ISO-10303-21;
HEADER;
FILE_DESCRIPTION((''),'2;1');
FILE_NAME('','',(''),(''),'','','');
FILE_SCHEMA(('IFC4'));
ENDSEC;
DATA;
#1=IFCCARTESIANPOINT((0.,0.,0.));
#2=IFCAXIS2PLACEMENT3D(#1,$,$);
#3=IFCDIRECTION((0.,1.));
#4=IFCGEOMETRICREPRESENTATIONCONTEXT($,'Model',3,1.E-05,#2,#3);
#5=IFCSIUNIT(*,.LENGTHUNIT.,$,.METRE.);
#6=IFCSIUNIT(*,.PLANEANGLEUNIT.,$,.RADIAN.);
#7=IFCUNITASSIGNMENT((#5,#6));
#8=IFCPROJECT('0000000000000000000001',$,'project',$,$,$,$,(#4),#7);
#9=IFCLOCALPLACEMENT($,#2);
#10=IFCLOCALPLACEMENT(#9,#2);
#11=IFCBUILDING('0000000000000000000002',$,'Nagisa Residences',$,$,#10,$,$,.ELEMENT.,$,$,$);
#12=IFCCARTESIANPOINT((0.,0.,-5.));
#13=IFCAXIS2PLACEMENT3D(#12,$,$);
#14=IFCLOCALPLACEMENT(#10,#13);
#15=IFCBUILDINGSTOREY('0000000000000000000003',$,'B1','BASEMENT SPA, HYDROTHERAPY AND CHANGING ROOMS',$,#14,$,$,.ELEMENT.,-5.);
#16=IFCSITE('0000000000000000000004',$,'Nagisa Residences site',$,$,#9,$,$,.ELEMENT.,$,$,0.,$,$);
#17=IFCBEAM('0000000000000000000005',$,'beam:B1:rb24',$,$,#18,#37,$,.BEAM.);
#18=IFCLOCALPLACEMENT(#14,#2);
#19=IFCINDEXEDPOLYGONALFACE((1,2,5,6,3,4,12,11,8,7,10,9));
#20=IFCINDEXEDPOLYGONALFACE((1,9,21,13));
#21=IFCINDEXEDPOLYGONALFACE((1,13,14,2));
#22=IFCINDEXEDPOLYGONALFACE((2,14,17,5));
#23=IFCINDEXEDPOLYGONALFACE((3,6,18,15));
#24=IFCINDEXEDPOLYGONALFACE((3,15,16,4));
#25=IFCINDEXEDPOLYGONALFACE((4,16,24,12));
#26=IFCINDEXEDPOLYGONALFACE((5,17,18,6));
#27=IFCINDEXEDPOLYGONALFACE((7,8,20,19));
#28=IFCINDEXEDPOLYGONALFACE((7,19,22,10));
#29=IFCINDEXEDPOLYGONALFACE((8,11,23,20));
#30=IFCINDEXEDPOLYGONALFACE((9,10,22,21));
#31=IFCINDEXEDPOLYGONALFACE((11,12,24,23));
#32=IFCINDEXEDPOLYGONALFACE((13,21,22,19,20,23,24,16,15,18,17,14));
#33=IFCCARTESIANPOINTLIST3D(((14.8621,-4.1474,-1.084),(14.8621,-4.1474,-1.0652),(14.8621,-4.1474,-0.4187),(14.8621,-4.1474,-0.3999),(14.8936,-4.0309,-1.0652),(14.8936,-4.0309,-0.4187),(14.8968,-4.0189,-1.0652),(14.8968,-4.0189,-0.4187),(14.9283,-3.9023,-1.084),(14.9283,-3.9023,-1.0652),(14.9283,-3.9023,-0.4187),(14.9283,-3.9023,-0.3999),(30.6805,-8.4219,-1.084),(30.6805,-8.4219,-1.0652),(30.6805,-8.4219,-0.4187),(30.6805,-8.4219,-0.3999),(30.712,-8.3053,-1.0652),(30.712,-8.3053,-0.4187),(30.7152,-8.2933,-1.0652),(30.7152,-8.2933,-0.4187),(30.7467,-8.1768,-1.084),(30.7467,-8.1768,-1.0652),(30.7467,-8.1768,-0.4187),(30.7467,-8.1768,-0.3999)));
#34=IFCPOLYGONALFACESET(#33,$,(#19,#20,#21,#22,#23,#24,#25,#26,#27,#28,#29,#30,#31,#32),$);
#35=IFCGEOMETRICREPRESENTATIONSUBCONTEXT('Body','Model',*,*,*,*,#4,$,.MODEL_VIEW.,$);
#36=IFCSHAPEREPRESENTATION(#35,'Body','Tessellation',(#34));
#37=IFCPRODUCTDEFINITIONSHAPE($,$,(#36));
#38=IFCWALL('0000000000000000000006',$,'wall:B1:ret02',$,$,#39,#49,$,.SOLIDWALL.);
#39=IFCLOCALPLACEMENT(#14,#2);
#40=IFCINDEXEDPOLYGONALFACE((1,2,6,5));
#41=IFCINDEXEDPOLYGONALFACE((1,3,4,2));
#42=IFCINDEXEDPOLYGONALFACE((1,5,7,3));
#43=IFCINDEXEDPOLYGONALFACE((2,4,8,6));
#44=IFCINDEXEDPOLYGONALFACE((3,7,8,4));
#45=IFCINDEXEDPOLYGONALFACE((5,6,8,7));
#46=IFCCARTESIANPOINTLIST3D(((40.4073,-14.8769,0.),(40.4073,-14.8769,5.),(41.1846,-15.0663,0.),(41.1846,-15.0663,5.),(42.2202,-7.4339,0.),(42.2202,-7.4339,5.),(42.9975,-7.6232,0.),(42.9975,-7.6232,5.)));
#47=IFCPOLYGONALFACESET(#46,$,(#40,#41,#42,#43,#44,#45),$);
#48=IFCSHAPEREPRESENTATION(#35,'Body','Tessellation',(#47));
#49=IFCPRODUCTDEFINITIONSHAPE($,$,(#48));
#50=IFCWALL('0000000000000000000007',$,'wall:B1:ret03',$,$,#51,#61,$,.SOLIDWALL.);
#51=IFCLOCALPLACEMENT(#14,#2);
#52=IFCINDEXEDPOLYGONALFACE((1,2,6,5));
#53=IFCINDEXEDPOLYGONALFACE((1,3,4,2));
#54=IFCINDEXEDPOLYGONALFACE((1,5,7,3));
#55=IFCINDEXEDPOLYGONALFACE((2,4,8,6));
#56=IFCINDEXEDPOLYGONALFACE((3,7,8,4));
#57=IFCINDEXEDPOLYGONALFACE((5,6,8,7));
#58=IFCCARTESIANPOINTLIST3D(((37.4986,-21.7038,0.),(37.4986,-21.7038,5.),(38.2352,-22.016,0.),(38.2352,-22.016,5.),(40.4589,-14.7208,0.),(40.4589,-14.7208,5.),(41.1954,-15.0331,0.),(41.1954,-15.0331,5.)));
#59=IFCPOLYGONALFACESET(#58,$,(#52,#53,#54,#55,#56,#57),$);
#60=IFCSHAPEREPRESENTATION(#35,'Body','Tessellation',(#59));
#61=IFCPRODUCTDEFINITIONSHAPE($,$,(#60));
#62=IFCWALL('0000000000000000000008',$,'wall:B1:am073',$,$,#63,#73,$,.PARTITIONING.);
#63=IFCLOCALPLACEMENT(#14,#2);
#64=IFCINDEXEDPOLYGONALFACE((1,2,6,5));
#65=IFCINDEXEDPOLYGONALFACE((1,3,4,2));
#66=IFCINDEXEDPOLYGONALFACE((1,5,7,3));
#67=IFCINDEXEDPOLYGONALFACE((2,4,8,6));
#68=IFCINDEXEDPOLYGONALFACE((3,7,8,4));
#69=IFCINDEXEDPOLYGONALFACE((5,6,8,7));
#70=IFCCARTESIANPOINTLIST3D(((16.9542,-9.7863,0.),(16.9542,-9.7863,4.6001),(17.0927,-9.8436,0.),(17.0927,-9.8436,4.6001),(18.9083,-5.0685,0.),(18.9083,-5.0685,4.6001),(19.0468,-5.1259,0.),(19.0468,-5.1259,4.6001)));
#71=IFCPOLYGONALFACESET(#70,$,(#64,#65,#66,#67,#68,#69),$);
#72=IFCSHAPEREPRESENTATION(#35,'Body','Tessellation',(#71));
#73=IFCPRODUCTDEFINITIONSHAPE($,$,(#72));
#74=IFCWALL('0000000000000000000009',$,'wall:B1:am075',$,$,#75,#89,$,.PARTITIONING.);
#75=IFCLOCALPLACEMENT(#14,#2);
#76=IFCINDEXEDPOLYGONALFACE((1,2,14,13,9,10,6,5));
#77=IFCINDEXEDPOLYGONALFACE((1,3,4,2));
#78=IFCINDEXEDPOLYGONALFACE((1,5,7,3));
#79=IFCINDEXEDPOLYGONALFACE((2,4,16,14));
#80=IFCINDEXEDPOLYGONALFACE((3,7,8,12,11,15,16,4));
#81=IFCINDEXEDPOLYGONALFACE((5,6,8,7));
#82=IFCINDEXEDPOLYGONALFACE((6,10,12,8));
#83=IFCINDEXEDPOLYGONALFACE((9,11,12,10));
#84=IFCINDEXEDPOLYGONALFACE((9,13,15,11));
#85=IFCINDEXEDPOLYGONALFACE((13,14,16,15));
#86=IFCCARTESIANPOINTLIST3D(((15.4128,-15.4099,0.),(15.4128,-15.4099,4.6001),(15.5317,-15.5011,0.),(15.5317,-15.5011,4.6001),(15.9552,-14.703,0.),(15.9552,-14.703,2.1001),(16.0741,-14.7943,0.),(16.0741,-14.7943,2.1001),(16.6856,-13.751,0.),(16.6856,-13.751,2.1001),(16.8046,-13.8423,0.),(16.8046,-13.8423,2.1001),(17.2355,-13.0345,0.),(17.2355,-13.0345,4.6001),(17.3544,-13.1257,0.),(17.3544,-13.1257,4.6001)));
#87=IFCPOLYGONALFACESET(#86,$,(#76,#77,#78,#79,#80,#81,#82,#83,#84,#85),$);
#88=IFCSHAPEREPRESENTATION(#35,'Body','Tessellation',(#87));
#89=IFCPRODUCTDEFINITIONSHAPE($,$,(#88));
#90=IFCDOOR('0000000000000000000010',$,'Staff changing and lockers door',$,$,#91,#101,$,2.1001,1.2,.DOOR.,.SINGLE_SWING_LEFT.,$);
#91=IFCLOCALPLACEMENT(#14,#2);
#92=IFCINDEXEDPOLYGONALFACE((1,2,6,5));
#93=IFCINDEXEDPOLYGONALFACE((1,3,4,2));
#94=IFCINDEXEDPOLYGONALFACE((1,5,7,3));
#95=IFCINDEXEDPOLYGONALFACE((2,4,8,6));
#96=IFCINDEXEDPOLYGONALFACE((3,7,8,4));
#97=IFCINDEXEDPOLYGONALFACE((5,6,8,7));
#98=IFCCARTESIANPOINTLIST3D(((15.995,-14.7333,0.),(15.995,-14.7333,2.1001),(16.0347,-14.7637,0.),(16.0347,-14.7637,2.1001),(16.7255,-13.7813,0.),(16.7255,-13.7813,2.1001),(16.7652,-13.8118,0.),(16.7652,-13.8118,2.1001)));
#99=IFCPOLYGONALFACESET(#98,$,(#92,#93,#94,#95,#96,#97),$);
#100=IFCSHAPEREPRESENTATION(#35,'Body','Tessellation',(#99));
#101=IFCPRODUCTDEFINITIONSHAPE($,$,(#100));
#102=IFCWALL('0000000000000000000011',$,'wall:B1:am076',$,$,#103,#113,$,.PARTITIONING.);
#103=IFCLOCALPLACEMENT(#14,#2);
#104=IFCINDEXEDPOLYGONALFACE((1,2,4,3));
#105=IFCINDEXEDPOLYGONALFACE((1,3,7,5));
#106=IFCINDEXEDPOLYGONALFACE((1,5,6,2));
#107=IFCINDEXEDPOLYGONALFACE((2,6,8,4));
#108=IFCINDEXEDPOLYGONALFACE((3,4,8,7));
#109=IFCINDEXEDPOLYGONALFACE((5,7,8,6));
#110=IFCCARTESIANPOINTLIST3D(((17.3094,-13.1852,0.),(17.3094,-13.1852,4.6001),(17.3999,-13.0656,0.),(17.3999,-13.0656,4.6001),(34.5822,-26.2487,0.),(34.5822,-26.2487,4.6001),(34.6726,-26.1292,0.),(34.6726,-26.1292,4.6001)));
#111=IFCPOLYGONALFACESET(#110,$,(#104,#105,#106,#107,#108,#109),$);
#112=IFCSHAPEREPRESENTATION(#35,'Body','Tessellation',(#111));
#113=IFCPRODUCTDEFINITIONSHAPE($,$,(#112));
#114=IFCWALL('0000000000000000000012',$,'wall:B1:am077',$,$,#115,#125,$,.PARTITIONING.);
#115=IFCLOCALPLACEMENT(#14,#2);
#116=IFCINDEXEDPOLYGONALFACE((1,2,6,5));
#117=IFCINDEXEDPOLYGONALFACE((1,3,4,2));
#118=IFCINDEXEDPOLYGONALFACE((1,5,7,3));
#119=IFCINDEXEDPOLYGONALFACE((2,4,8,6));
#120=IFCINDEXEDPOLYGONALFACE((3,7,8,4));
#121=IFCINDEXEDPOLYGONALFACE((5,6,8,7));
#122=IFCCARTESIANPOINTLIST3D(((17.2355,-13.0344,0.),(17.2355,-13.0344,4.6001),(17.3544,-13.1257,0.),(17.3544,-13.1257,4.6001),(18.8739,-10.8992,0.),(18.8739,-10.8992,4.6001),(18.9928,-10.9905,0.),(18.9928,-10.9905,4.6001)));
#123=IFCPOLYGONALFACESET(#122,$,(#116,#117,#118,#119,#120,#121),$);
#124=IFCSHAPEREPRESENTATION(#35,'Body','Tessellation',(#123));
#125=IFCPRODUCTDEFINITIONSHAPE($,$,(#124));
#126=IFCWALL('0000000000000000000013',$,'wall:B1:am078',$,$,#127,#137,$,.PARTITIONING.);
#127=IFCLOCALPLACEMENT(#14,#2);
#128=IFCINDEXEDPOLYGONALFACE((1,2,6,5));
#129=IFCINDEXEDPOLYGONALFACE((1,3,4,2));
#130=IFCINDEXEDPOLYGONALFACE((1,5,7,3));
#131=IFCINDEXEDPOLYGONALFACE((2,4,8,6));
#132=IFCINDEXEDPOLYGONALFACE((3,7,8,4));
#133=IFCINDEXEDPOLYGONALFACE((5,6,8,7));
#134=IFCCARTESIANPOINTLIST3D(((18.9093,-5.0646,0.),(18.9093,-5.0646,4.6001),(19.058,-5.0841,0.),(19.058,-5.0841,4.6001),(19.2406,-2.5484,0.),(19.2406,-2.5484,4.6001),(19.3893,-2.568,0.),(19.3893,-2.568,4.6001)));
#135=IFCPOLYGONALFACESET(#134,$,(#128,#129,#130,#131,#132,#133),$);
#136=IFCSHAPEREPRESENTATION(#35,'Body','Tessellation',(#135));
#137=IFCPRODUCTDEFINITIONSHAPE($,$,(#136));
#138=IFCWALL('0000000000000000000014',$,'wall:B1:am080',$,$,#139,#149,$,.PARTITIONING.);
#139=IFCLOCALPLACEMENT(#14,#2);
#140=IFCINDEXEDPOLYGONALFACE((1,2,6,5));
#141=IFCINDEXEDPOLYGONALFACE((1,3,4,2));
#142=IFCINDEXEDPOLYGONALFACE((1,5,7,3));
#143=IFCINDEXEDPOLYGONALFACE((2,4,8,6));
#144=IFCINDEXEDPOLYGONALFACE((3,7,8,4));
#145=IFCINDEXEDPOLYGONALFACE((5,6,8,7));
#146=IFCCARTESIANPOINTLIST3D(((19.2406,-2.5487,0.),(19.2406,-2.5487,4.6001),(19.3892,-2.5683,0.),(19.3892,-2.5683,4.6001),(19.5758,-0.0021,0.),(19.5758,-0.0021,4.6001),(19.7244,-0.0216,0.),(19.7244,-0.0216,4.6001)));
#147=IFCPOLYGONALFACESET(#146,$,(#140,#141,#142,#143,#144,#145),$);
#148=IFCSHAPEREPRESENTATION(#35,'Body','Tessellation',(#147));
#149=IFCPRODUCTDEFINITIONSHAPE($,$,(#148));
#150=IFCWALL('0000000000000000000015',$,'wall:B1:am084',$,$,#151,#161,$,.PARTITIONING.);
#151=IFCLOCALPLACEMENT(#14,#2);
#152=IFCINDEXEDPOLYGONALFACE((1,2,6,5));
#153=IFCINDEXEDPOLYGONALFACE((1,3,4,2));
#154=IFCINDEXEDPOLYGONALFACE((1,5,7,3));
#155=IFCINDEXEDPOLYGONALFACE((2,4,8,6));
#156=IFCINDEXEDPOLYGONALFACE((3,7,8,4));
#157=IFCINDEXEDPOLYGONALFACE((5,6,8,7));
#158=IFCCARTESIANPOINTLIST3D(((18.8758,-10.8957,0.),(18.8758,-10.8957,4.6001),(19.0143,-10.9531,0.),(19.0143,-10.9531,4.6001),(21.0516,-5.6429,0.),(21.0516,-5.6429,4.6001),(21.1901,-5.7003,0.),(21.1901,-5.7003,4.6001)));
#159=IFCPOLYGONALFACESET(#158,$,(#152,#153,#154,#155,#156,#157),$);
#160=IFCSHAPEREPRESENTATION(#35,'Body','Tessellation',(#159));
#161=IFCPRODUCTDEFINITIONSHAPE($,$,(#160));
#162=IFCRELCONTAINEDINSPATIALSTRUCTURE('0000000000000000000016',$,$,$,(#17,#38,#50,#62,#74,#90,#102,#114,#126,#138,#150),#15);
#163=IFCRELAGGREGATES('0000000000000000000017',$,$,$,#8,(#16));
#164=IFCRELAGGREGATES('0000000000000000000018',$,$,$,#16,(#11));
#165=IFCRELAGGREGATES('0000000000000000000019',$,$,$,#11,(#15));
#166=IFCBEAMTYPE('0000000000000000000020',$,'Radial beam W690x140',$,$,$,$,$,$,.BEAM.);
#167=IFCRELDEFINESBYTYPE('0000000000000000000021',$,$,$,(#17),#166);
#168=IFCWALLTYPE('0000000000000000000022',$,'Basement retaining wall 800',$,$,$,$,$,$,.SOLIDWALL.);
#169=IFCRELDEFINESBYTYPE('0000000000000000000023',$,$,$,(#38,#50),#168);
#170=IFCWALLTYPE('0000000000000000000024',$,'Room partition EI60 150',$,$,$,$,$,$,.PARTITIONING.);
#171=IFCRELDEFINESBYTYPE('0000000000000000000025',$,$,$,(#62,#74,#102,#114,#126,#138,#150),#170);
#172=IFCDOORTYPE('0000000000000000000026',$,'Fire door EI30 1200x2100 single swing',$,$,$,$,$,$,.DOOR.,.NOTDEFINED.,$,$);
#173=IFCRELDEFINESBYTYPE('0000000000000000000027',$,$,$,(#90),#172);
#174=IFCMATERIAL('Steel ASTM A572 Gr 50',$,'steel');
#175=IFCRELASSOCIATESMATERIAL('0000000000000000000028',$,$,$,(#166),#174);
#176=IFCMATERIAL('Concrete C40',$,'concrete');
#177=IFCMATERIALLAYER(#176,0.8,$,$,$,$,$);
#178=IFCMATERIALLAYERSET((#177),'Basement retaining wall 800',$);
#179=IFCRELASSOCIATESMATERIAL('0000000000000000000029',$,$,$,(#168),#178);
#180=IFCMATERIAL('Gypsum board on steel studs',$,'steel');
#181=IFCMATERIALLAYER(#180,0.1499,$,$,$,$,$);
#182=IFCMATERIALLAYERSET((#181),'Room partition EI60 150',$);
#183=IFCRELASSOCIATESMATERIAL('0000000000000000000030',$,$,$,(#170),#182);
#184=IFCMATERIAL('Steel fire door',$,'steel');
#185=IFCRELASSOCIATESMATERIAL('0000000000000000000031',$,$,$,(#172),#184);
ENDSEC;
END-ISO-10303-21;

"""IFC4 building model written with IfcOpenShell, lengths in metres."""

from ifc_helpers import new_model, si_unit, direction, frame, frame_2d, origin, origin_2d, place, context, subcontext, project, spatial, rectangle, i_section, extrude, material, layer, layer_set, material_profile, profile_set, type_object, element, fill, save


model = new_model("IFC4")

# Units and contexts
model_context = context("Model", 3, precision=1e-05, world=origin(), true_north=direction((0.0, 1.0)))
body_context = subcontext(model_context, "Body", "Model", "MODEL_VIEW")
ifc_project = project(units=[si_unit("LENGTHUNIT", "METRE"), si_unit("PLANEANGLEUNIT", "RADIAN")], contexts=[model_context])

# Site, building, storey
site_placement = place(None, origin())
site = spatial("IfcSite", under=ifc_project, at=site_placement, Name="Nagisa Residences site", CompositionType="ELEMENT", RefElevation=0.0)
building_placement = place(site_placement, origin())
building = spatial("IfcBuilding", under=site, at=building_placement, Name="Nagisa Residences", CompositionType="ELEMENT")
storey_placement = place(building_placement, frame((0.0, 0.0, -5.0)))
storey = spatial("IfcBuildingStorey", under=building, at=storey_placement, Name="B1", Description="BASEMENT SPA, HYDROTHERAPY AND CHANGING ROOMS", CompositionType="ELEMENT", Elevation=-5.0)

# Beam
ifc_material_1 = material(Name="Steel ASTM A572 Gr 50", Category="steel")
ifc_material_profile_1 = material_profile(ifc_material_1, i_section(OverallWidth=0.2539, OverallDepth=0.6841, WebThickness=0.0125, FlangeThickness=0.0188, at=origin_2d()), Name="W690x140")
ifc_profile_set_1 = profile_set([ifc_material_profile_1], Name="Steel ASTM A572 Gr 50")
beam_type_1 = type_object("IfcBeamType", Name="Radial beam W690x140", PredefinedType="BEAM", material=ifc_profile_set_1)
beam_1_placement = place(storey_placement, frame((30.7136, -8.2993, -0.7419), z_axis=(-0.965376, 0.260862, 0.0), x_axis=(-0.260862, -0.965376, 0.0)))
element("IfcBeam", 1, at=beam_1_placement, inside=storey, type_object=beam_type_1, Name="beam:B1:rb24", PredefinedType="BEAM", context=body_context, shape_type="SweptSolid", body=[
    extrude(i_section(OverallWidth=0.2539, OverallDepth=0.6841, WebThickness=0.0125, FlangeThickness=0.0188, at=origin_2d()), origin(), (0.0, 0.0, 1.0), 16.3857),
])

# Walls
ifc_material_2 = material(Name="Concrete C40", Category="concrete")
ifc_layer_1 = layer(ifc_material_2, 0.8)
ifc_layer_set_1 = layer_set([ifc_layer_1], Name="Basement retaining wall 800")
wall_type_1 = type_object("IfcWallType", Name="Basement retaining wall 800", PredefinedType="SOLIDWALL", material=ifc_layer_set_1)
wall_1_placement = place(storey_placement, frame((42.6089, -7.5286, 0.0), z_axis=(0.0, 0.0, 1.0), x_axis=(-0.23666, -0.971593, 0.0)))
element("IfcWall", 2, at=wall_1_placement, inside=storey, type_object=wall_type_1, Name="wall:B1:ret02", PredefinedType="SOLIDWALL", context=body_context, shape_type="SweptSolid", body=[
    extrude(rectangle(XDim=7.6606, YDim=0.8, at=frame_2d((3.8303, 0.0))), origin(), (0.0, 0.0, 1.0), 5.0),
])
wall_2_placement = place(storey_placement, frame((40.8271, -14.877, 0.0), z_axis=(0.0, 0.0, 1.0), x_axis=(-0.390299, -0.920688, 0.0)))
element("IfcWall", 3, at=wall_2_placement, inside=storey, type_object=wall_type_1, Name="wall:B1:ret03", PredefinedType="SOLIDWALL", context=body_context, shape_type="SweptSolid", body=[
    extrude(rectangle(XDim=7.5845, YDim=0.8, at=frame_2d((3.7922, 0.0))), origin(), (0.0, 0.0, 1.0), 5.0),
])
ifc_material_3 = material(Name="Gypsum board on steel studs", Category="steel")
ifc_layer_2 = layer(ifc_material_3, 0.1499)
ifc_layer_set_2 = layer_set([ifc_layer_2], Name="Room partition EI60 150")
wall_type_2 = type_object("IfcWallType", Name="Room partition EI60 150", PredefinedType="PARTITIONING", material=ifc_layer_set_2)
wall_3_placement = place(storey_placement, frame((17.0234, -9.8149, 0.0), z_axis=(0.0, 0.0, 1.0), x_axis=(0.382673, 0.923884, 0.0)))
element("IfcWall", 4, at=wall_3_placement, inside=storey, type_object=wall_type_2, Name="wall:B1:am073", PredefinedType="PARTITIONING", context=body_context, shape_type="SweptSolid", body=[
    extrude(rectangle(XDim=5.1064, YDim=0.1499, at=frame_2d((2.5532, 0.0))), origin(), (0.0, 0.0, 1.0), 4.6001),
])

# Wall, opening, door
wall_4_placement = place(storey_placement, frame((17.2949, -13.0801, 0.0), z_axis=(0.0, 0.0, 1.0), x_axis=(-0.608757, -0.793357, 0.0)))
wall_4 = element("IfcWall", 5, at=wall_4_placement, inside=storey, type_object=wall_type_2, Name="wall:B1:am075", PredefinedType="PARTITIONING", context=body_context, shape_type="SweptSolid", body=[
    extrude(rectangle(XDim=2.9941, YDim=0.1499, at=frame_2d((1.4971, 0.0))), origin(), (0.0, 0.0, 1.0), 4.6001),
])
opening_1_placement = place(wall_4_placement, frame((0.9031, 0.0, 0.0)))
opening_1 = element("IfcOpeningElement", 6, at=opening_1_placement, cuts=wall_4, PredefinedType="OPENING", context=body_context, shape_type="SweptSolid", body=[
    extrude(rectangle(XDim=1.2, YDim=2.1001, at=frame_2d((0.6001, 1.05))), frame((0.0, 0.085, 0.0), z_axis=(0.0, -1.0, 0.0), x_axis=(1.0, 0.0, 0.0)), (0.0, 0.0, 1.0), 0.1699),
])
ifc_material_4 = material(Name="Steel fire door", Category="steel")
door_type_1 = type_object("IfcDoorType", Name="Fire door EI30 1200x2100 single swing", OperationType="NOTDEFINED", PredefinedType="DOOR", material=ifc_material_4)
door_1_placement = place(opening_1_placement, frame((1.2, 0.0, 0.0), x_axis=(-1.0, 0.0, 0.0)))
door_1 = element("IfcDoor", 7, at=door_1_placement, inside=storey, type_object=door_type_1, Name="Staff changing and lockers door", OperationType="SINGLE_SWING_LEFT", OverallHeight=2.1001, OverallWidth=1.2, PredefinedType="DOOR", context=body_context, shape_type="SweptSolid", body=[
    extrude(rectangle(XDim=1.2, YDim=2.1001, at=frame_2d((0.6001, 1.05))), frame((0.0, 0.0249, 0.0), z_axis=(0.0, -1.0, 0.0), x_axis=(1.0, 0.0, 0.0)), (0.0, 0.0, 1.0), 0.05),
])
fill(opening_1, door_1)

# Walls
wall_5_placement = place(storey_placement, frame((17.3547, -13.1255, 0.0), z_axis=(0.0, 0.0, 1.0), x_axis=(0.797579, -0.603215, 0.0)))
element("IfcWall", 8, at=wall_5_placement, inside=storey, type_object=wall_type_2, Name="wall:B1:am076", PredefinedType="PARTITIONING", context=body_context, shape_type="SweptSolid", body=[
    extrude(rectangle(XDim=21.6565, YDim=0.1499, at=frame_2d((10.8281, 0.0))), origin(), (0.0, 0.0, 1.0), 4.6001),
])
wall_6_placement = place(storey_placement, frame((18.9333, -10.9448, 0.0), z_axis=(0.0, 0.0, 1.0), x_axis=(-0.608759, -0.793355, 0.0)))
element("IfcWall", 9, at=wall_6_placement, inside=storey, type_object=wall_type_2, Name="wall:B1:am077", PredefinedType="PARTITIONING", context=body_context, shape_type="SweptSolid", body=[
    extrude(rectangle(XDim=2.6914, YDim=0.1499, at=frame_2d((1.3457, 0.0))), origin(), (0.0, 0.0, 1.0), 4.6001),
])
wall_7_placement = place(storey_placement, frame((18.9836, -5.0745, 0.0), z_axis=(0.0, 0.0, 1.0), x_axis=(0.130544, 0.991443, 0.0)))
element("IfcWall", 10, at=wall_7_placement, inside=storey, type_object=wall_type_2, Name="wall:B1:am078", PredefinedType="PARTITIONING", context=body_context, shape_type="SweptSolid", body=[
    extrude(rectangle(XDim=2.5378, YDim=0.1499, at=frame_2d((1.269, 0.0))), origin(), (0.0, 0.0, 1.0), 4.6001),
])
wall_8_placement = place(storey_placement, frame((19.3149, -2.5583, 0.0), z_axis=(0.0, 0.0, 1.0), x_axis=(0.130501, 0.991448, 0.0)))
element("IfcWall", 11, at=wall_8_placement, inside=storey, type_object=wall_type_2, Name="wall:B1:am080", PredefinedType="PARTITIONING", context=body_context, shape_type="SweptSolid", body=[
    extrude(rectangle(XDim=2.5686, YDim=0.1499, at=frame_2d((1.2842, 0.0))), origin(), (0.0, 0.0, 1.0), 4.6001),
])
wall_9_placement = place(storey_placement, frame((21.1208, -5.6716, 0.0), z_axis=(0.0, 0.0, 1.0), x_axis=(-0.382691, -0.923877, 0.0)))
element("IfcWall", 12, at=wall_9_placement, inside=storey, type_object=wall_type_2, Name="wall:B1:am084", PredefinedType="PARTITIONING", context=body_context, shape_type="SweptSolid", body=[
    extrude(rectangle(XDim=5.6855, YDim=0.1499, at=frame_2d((2.8428, 0.0))), origin(), (0.0, 0.0, 1.0), 4.6001),
])

save(model, "model.ifc")
